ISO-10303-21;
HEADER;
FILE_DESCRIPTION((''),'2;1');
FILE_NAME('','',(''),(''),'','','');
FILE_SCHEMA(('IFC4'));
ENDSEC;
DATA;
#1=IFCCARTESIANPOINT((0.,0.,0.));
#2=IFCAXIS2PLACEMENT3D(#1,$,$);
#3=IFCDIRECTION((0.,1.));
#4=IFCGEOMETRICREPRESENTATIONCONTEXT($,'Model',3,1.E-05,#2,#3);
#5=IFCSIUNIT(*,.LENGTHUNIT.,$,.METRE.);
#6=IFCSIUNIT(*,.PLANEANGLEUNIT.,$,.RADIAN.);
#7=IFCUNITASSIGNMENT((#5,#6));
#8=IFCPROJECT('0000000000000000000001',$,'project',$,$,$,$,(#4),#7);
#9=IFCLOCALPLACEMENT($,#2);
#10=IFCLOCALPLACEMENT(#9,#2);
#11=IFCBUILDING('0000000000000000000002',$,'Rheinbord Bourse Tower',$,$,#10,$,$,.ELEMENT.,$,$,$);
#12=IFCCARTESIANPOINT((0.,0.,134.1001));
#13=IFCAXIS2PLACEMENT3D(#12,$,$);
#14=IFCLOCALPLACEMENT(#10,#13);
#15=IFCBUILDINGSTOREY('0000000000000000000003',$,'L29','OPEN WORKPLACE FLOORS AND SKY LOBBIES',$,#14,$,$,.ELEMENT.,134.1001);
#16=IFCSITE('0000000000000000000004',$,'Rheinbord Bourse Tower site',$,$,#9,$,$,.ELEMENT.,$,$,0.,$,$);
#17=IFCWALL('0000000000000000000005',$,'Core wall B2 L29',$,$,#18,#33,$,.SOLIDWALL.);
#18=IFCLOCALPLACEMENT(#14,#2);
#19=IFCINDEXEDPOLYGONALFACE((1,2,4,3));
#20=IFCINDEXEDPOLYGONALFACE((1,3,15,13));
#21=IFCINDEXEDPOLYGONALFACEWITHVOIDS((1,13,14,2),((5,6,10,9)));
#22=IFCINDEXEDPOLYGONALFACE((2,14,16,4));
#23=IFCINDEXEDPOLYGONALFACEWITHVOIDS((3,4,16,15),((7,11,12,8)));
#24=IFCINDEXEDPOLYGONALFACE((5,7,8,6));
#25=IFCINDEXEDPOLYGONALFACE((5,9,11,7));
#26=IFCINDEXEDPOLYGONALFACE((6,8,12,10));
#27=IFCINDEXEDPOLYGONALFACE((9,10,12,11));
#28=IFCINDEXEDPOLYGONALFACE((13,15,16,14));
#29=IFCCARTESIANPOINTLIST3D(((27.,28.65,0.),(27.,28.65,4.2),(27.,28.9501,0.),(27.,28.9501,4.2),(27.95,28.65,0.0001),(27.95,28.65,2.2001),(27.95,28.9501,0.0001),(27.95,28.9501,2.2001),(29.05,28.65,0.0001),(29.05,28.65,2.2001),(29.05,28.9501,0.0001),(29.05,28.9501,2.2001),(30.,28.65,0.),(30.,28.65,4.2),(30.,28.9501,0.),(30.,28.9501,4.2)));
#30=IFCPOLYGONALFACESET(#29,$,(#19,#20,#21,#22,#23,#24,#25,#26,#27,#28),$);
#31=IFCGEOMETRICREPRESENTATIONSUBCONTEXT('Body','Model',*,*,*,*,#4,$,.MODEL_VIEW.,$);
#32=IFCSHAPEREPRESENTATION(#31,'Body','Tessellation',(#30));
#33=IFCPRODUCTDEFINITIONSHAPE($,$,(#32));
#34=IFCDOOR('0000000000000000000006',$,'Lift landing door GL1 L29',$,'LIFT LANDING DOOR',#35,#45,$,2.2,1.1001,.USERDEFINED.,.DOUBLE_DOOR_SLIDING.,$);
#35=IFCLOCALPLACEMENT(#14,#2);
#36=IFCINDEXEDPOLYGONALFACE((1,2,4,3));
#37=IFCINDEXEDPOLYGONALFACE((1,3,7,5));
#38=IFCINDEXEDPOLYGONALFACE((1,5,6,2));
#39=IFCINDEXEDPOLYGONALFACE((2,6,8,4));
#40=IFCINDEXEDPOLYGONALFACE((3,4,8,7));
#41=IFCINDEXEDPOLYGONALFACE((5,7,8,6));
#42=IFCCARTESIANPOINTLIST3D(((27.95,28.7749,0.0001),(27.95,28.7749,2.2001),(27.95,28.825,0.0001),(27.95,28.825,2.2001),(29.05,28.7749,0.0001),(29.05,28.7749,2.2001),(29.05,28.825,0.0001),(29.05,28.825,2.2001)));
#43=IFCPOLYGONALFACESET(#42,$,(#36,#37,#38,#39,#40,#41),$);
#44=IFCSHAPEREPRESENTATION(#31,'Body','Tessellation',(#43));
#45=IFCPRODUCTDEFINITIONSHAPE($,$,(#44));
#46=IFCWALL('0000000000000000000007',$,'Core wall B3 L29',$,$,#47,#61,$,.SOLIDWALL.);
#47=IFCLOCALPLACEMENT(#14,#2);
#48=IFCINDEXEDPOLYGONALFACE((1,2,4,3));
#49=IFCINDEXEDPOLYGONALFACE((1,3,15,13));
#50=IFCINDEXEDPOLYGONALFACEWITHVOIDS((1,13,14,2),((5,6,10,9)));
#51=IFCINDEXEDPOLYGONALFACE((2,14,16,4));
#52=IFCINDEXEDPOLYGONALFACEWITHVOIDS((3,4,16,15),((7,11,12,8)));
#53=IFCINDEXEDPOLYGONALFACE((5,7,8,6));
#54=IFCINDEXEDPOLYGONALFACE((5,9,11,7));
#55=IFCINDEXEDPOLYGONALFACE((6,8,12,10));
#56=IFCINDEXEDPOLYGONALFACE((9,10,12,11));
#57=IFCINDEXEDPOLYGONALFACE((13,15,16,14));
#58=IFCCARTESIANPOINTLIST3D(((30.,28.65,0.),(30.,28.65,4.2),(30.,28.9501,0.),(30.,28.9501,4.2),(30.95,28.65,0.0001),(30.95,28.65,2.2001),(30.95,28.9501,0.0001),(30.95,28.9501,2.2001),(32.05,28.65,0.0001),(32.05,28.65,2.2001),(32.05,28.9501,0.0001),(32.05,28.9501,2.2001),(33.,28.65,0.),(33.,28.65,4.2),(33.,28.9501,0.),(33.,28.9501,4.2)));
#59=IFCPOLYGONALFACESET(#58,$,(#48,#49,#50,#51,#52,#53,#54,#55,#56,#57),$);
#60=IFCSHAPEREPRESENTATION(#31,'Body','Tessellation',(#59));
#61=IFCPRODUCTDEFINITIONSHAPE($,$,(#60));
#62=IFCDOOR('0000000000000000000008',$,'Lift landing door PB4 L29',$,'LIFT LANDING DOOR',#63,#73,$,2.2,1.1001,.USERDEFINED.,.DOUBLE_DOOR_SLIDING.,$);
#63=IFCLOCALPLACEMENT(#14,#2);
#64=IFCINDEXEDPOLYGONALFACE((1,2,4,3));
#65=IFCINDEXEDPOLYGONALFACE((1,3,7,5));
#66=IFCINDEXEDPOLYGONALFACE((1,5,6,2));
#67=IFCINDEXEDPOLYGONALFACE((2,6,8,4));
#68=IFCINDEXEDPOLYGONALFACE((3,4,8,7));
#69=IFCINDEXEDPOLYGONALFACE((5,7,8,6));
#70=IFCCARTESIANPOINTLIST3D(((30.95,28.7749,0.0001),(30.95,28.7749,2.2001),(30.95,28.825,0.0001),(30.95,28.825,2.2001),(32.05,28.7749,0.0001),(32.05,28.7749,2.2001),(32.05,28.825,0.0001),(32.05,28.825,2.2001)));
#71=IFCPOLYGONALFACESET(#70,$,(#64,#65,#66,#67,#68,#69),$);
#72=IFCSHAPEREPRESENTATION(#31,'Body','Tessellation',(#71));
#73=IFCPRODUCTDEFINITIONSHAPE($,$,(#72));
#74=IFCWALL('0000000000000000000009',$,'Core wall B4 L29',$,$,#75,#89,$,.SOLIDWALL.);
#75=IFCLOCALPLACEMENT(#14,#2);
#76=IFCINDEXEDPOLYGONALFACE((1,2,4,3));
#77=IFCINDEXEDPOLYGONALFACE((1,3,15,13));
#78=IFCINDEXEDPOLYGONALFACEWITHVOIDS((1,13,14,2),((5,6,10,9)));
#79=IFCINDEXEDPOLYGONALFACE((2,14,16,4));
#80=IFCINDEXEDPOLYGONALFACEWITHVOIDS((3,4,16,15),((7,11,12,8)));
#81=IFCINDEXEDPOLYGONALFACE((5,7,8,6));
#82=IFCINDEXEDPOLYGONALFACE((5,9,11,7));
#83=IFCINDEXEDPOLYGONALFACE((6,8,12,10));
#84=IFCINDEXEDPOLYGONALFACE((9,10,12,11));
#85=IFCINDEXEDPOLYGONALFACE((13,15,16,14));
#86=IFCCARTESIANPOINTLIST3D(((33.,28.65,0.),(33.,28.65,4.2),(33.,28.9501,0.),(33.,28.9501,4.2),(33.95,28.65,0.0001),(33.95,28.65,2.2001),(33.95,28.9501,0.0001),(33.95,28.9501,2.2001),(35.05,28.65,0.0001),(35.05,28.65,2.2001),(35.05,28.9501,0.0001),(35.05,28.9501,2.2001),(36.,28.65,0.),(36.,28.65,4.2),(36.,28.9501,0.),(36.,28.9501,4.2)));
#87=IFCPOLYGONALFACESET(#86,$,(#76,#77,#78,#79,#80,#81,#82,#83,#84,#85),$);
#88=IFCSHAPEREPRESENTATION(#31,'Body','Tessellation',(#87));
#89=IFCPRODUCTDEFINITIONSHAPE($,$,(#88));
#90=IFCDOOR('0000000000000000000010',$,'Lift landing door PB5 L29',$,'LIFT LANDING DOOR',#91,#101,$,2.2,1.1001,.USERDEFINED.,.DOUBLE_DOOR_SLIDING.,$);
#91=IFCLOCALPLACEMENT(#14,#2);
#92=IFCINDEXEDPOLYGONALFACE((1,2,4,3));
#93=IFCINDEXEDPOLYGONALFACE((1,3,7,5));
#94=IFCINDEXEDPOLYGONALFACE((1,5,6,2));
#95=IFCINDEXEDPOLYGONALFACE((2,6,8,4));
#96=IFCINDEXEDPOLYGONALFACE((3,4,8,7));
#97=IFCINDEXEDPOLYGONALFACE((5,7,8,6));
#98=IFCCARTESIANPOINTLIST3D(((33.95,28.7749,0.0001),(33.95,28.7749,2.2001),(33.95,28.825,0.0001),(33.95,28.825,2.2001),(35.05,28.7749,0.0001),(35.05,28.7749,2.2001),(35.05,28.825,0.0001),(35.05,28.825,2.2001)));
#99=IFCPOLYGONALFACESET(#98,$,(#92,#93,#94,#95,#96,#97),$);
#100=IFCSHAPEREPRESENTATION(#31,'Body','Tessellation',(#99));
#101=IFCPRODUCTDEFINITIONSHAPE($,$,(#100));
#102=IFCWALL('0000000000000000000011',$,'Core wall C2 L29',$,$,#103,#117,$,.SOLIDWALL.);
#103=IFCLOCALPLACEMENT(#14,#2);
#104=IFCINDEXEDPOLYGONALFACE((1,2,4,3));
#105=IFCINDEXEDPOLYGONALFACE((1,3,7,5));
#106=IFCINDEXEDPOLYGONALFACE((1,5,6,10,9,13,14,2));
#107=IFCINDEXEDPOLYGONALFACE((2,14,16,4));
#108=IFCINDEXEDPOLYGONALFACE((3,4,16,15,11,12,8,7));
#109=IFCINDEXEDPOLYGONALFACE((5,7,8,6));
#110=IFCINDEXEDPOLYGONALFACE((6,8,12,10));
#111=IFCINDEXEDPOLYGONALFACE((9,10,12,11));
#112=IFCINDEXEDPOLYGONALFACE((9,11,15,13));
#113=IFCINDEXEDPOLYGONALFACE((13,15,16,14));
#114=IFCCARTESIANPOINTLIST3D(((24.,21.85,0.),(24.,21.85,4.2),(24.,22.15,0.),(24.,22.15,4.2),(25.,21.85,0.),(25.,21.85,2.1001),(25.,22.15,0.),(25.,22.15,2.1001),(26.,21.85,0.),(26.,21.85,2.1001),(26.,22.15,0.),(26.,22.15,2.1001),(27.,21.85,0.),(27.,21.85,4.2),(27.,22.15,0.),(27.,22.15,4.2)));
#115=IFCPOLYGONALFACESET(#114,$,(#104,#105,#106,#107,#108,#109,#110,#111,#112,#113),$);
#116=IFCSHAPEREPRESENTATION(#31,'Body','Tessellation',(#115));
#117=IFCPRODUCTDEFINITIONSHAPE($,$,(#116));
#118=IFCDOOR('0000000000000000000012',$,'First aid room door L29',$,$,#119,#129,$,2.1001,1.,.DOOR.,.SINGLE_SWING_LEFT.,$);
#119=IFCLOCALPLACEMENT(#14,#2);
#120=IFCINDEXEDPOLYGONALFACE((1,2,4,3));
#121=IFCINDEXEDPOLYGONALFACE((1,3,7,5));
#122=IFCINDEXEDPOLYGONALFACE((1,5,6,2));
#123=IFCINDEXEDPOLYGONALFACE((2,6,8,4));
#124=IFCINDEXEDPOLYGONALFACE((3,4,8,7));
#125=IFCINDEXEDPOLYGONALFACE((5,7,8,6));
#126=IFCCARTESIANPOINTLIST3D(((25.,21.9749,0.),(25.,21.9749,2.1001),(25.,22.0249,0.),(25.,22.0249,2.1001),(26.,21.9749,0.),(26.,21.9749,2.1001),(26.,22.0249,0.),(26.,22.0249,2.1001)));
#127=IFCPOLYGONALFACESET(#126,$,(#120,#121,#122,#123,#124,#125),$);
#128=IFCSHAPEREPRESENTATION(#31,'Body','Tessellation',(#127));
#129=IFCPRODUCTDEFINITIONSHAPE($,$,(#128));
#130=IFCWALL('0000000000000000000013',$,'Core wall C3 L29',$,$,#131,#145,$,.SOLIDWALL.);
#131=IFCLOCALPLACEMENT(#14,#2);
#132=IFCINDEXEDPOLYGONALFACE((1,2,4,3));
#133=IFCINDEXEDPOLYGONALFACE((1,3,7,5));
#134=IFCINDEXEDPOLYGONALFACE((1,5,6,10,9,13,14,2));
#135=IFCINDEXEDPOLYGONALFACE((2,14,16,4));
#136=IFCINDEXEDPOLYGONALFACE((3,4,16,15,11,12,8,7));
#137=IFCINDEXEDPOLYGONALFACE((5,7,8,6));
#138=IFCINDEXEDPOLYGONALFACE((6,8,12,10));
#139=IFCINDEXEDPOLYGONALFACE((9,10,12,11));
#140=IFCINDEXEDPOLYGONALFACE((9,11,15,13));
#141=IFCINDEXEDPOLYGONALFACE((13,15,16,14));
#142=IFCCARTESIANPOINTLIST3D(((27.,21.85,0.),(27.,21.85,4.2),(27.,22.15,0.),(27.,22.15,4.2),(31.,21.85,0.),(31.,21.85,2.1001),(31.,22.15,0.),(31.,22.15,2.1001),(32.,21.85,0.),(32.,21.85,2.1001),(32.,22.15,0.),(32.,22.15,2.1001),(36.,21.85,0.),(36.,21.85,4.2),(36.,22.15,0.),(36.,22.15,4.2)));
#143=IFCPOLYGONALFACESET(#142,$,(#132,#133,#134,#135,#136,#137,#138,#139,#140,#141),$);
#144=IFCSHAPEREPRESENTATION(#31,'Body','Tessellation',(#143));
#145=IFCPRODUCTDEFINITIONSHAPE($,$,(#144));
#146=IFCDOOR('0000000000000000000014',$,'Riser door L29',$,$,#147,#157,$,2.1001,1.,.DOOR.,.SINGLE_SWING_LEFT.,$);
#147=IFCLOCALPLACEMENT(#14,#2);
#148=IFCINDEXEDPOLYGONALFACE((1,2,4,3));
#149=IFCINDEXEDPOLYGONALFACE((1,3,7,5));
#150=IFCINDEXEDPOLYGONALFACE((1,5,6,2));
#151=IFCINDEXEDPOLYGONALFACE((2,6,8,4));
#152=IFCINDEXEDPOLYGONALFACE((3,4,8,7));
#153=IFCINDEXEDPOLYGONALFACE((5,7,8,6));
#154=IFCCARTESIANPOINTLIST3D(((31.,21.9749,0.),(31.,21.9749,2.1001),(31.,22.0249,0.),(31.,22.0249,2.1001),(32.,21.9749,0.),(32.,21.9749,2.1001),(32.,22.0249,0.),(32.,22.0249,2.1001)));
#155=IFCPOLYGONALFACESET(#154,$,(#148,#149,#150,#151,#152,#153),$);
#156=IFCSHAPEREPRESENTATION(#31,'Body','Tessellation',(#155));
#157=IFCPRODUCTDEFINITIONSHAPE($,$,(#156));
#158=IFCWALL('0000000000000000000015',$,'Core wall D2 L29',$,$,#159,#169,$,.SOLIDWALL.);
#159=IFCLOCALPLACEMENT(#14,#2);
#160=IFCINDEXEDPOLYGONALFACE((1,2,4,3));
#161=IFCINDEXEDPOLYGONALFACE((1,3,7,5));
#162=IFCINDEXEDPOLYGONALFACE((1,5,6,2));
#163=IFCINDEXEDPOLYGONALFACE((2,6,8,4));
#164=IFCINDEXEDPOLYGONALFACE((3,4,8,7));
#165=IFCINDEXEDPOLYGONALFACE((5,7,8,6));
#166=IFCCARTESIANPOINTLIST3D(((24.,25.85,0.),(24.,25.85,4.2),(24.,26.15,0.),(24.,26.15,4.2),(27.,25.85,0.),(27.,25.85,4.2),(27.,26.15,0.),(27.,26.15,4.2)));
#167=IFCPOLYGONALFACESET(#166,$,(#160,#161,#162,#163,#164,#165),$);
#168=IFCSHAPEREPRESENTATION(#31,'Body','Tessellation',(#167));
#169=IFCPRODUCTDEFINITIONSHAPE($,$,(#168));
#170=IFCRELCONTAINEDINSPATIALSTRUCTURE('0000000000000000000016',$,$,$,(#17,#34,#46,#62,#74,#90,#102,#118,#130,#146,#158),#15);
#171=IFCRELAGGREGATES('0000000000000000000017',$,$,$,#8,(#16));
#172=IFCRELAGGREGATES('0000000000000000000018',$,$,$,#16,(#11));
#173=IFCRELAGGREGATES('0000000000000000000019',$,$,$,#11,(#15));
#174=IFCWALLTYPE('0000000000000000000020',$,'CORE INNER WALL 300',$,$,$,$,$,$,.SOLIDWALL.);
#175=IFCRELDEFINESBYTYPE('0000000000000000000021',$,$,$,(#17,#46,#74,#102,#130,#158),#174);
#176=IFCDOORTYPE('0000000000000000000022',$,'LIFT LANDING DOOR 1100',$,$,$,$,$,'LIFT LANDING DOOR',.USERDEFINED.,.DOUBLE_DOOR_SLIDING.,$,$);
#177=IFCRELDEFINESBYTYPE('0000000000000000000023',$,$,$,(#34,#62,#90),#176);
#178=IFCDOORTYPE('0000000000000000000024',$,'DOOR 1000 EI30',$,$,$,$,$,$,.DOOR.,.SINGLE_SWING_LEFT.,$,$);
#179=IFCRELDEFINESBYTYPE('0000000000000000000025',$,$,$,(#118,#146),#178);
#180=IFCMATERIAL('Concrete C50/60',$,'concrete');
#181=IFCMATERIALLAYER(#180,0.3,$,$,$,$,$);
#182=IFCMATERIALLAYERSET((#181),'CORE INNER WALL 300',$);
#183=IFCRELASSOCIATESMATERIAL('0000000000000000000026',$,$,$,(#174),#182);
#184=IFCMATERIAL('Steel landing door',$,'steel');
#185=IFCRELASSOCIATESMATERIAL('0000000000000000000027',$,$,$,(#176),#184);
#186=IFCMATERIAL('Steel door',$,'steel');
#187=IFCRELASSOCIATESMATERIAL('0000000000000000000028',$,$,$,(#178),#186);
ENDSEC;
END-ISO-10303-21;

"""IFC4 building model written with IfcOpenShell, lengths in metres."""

from ifc_helpers import new_model, si_unit, direction, frame, frame_2d, origin, place, context, subcontext, project, spatial, rectangle, extrude, material, layer, layer_set, type_object, element, fill, save


model = new_model("IFC4")

# Units and contexts
model_context = context("Model", 3, precision=1e-05, world=origin(), true_north=direction((0.0, 1.0)))
body_context = subcontext(model_context, "Body", "Model", "MODEL_VIEW")
ifc_project = project(units=[si_unit("LENGTHUNIT", "METRE"), si_unit("PLANEANGLEUNIT", "RADIAN")], contexts=[model_context])

# Site, building, storey
site_placement = place(None, origin())
site = spatial("IfcSite", under=ifc_project, at=site_placement, Name="Rheinbord Bourse Tower site", CompositionType="ELEMENT", RefElevation=0.0)
building_placement = place(site_placement, origin())
building = spatial("IfcBuilding", under=site, at=building_placement, Name="Rheinbord Bourse Tower", CompositionType="ELEMENT")
storey_placement = place(building_placement, frame((0.0, 0.0, 134.1001)))
storey = spatial("IfcBuildingStorey", under=building, at=storey_placement, Name="L29", Description="OPEN WORKPLACE FLOORS AND SKY LOBBIES", CompositionType="ELEMENT", Elevation=134.1001)

# Walls, openings, doors
ifc_material_1 = material(Name="Concrete C50/60", Category="concrete")
ifc_layer_1 = layer(ifc_material_1, 0.3)
ifc_layer_set_1 = layer_set([ifc_layer_1], Name="CORE INNER WALL 300")
wall_type_1 = type_object("IfcWallType", Name="CORE INNER WALL 300", PredefinedType="SOLIDWALL", material=ifc_layer_set_1)
wall_1_placement = place(storey_placement, frame((27.0, 28.8, 0.0), z_axis=(0.0, 0.0, 1.0), x_axis=(1.0, 0.0, 0.0)))
wall_1 = element("IfcWall", 1, at=wall_1_placement, inside=storey, type_object=wall_type_1, Name="Core wall B2 L29", PredefinedType="SOLIDWALL", context=body_context, shape_type="SweptSolid", body=[
    extrude(rectangle(XDim=3.0, YDim=0.3, at=frame_2d((1.5, 0.0))), origin(), (0.0, 0.0, 1.0), 4.2),
])
opening_1_placement = place(wall_1_placement, frame((0.95, 0.0, 0.0)))
opening_1 = element("IfcOpeningElement", 2, at=opening_1_placement, cuts=wall_1, PredefinedType="OPENING", context=body_context, shape_type="SweptSolid", body=[
    extrude(rectangle(XDim=1.1001, YDim=2.2, at=frame_2d((0.55, 1.1001))), frame((0.0, 0.1599, 0.0), z_axis=(0.0, -1.0, 0.0), x_axis=(1.0, 0.0, 0.0)), (0.0, 0.0, 1.0), 0.3201),
])
ifc_material_2 = material(Name="Steel landing door", Category="steel")
door_type_1 = type_object("IfcDoorType", Name="LIFT LANDING DOOR 1100", ElementType="LIFT LANDING DOOR", OperationType="DOUBLE_DOOR_SLIDING", PredefinedType="USERDEFINED", material=ifc_material_2)
door_1_placement = place(opening_1_placement, origin())
door_1 = element("IfcDoor", 3, at=door_1_placement, inside=storey, type_object=door_type_1, Name="Lift landing door GL1 L29", ObjectType="LIFT LANDING DOOR", OperationType="DOUBLE_DOOR_SLIDING", OverallHeight=2.2, OverallWidth=1.1001, PredefinedType="USERDEFINED", context=body_context, shape_type="SweptSolid", body=[
    extrude(rectangle(XDim=1.1001, YDim=2.2, at=frame_2d((0.55, 1.1001))), frame((0.0, 0.0249, 0.0), z_axis=(0.0, -1.0, 0.0), x_axis=(1.0, 0.0, 0.0)), (0.0, 0.0, 1.0), 0.05),
])
fill(opening_1, door_1)
wall_2_placement = place(storey_placement, frame((30.0, 28.8, 0.0), z_axis=(0.0, 0.0, 1.0), x_axis=(1.0, 0.0, 0.0)))
wall_2 = element("IfcWall", 4, at=wall_2_placement, inside=storey, type_object=wall_type_1, Name="Core wall B3 L29", PredefinedType="SOLIDWALL", context=body_context, shape_type="SweptSolid", body=[
    extrude(rectangle(XDim=3.0, YDim=0.3, at=frame_2d((1.5, 0.0))), origin(), (0.0, 0.0, 1.0), 4.2),
])
opening_2_placement = place(wall_2_placement, frame((0.95, 0.0, 0.0)))
opening_2 = element("IfcOpeningElement", 5, at=opening_2_placement, cuts=wall_2, PredefinedType="OPENING", context=body_context, shape_type="SweptSolid", body=[
    extrude(rectangle(XDim=1.1001, YDim=2.2, at=frame_2d((0.55, 1.1001))), frame((0.0, 0.1599, 0.0), z_axis=(0.0, -1.0, 0.0), x_axis=(1.0, 0.0, 0.0)), (0.0, 0.0, 1.0), 0.3201),
])
door_2_placement = place(opening_2_placement, origin())
door_2 = element("IfcDoor", 6, at=door_2_placement, inside=storey, type_object=door_type_1, Name="Lift landing door PB4 L29", ObjectType="LIFT LANDING DOOR", OperationType="DOUBLE_DOOR_SLIDING", OverallHeight=2.2, OverallWidth=1.1001, PredefinedType="USERDEFINED", context=body_context, shape_type="SweptSolid", body=[
    extrude(rectangle(XDim=1.1001, YDim=2.2, at=frame_2d((0.55, 1.1001))), frame((0.0, 0.0249, 0.0), z_axis=(0.0, -1.0, 0.0), x_axis=(1.0, 0.0, 0.0)), (0.0, 0.0, 1.0), 0.05),
])
fill(opening_2, door_2)
wall_3_placement = place(storey_placement, frame((33.0, 28.8, 0.0), z_axis=(0.0, 0.0, 1.0), x_axis=(1.0, 0.0, 0.0)))
wall_3 = element("IfcWall", 7, at=wall_3_placement, inside=storey, type_object=wall_type_1, Name="Core wall B4 L29", PredefinedType="SOLIDWALL", context=body_context, shape_type="SweptSolid", body=[
    extrude(rectangle(XDim=3.0, YDim=0.3, at=frame_2d((1.5, 0.0))), origin(), (0.0, 0.0, 1.0), 4.2),
])
opening_3_placement = place(wall_3_placement, frame((0.95, 0.0, 0.0)))
opening_3 = element("IfcOpeningElement", 8, at=opening_3_placement, cuts=wall_3, PredefinedType="OPENING", context=body_context, shape_type="SweptSolid", body=[
    extrude(rectangle(XDim=1.1001, YDim=2.2, at=frame_2d((0.55, 1.1001))), frame((0.0, 0.1599, 0.0), z_axis=(0.0, -1.0, 0.0), x_axis=(1.0, 0.0, 0.0)), (0.0, 0.0, 1.0), 0.3201),
])
door_3_placement = place(opening_3_placement, origin())
door_3 = element("IfcDoor", 9, at=door_3_placement, inside=storey, type_object=door_type_1, Name="Lift landing door PB5 L29", ObjectType="LIFT LANDING DOOR", OperationType="DOUBLE_DOOR_SLIDING", OverallHeight=2.2, OverallWidth=1.1001, PredefinedType="USERDEFINED", context=body_context, shape_type="SweptSolid", body=[
    extrude(rectangle(XDim=1.1001, YDim=2.2, at=frame_2d((0.55, 1.1001))), frame((0.0, 0.0249, 0.0), z_axis=(0.0, -1.0, 0.0), x_axis=(1.0, 0.0, 0.0)), (0.0, 0.0, 1.0), 0.05),
])
fill(opening_3, door_3)
wall_4_placement = place(storey_placement, frame((24.0, 22.0, 0.0), z_axis=(0.0, 0.0, 1.0), x_axis=(1.0, 0.0, 0.0)))
wall_4 = element("IfcWall", 10, at=wall_4_placement, inside=storey, type_object=wall_type_1, Name="Core wall C2 L29", PredefinedType="SOLIDWALL", context=body_context, shape_type="SweptSolid", body=[
    extrude(rectangle(XDim=3.0, YDim=0.3, at=frame_2d((1.5, 0.0))), origin(), (0.0, 0.0, 1.0), 4.2),
])
opening_4_placement = place(wall_4_placement, frame((1.0, 0.0, 0.0)))
opening_4 = element("IfcOpeningElement", 11, at=opening_4_placement, cuts=wall_4, PredefinedType="OPENING", context=body_context, shape_type="SweptSolid", body=[
    extrude(rectangle(XDim=1.0, YDim=2.1001, at=frame_2d((0.5, 1.05))), frame((0.0, 0.1599, 0.0), z_axis=(0.0, -1.0, 0.0), x_axis=(1.0, 0.0, 0.0)), (0.0, 0.0, 1.0), 0.3201),
])
ifc_material_3 = material(Name="Steel door", Category="steel")
door_type_2 = type_object("IfcDoorType", Name="DOOR 1000 EI30", OperationType="SINGLE_SWING_LEFT", PredefinedType="DOOR", material=ifc_material_3)
door_4_placement = place(opening_4_placement, origin())
door_4 = element("IfcDoor", 12, at=door_4_placement, inside=storey, type_object=door_type_2, Name="First aid room door L29", OperationType="SINGLE_SWING_LEFT", OverallHeight=2.1001, OverallWidth=1.0, PredefinedType="DOOR", context=body_context, shape_type="SweptSolid", body=[
    extrude(rectangle(XDim=1.0, YDim=2.1001, at=frame_2d((0.5, 1.05))), frame((0.0, 0.0249, 0.0), z_axis=(0.0, -1.0, 0.0), x_axis=(1.0, 0.0, 0.0)), (0.0, 0.0, 1.0), 0.05),
])
fill(opening_4, door_4)
wall_5_placement = place(storey_placement, frame((27.0, 22.0, 0.0), z_axis=(0.0, 0.0, 1.0), x_axis=(1.0, 0.0, 0.0)))
wall_5 = element("IfcWall", 13, at=wall_5_placement, inside=storey, type_object=wall_type_1, Name="Core wall C3 L29", PredefinedType="SOLIDWALL", context=body_context, shape_type="SweptSolid", body=[
    extrude(rectangle(XDim=9.0, YDim=0.3, at=frame_2d((4.5, 0.0))), origin(), (0.0, 0.0, 1.0), 4.2),
])
opening_5_placement = place(wall_5_placement, frame((4.0, 0.0, 0.0)))
opening_5 = element("IfcOpeningElement", 14, at=opening_5_placement, cuts=wall_5, PredefinedType="OPENING", context=body_context, shape_type="SweptSolid", body=[
    extrude(rectangle(XDim=1.0, YDim=2.1001, at=frame_2d((0.5, 1.05))), frame((0.0, 0.1599, 0.0), z_axis=(0.0, -1.0, 0.0), x_axis=(1.0, 0.0, 0.0)), (0.0, 0.0, 1.0), 0.3201),
])
door_5_placement = place(opening_5_placement, origin())
door_5 = element("IfcDoor", 15, at=door_5_placement, inside=storey, type_object=door_type_2, Name="Riser door L29", OperationType="SINGLE_SWING_LEFT", OverallHeight=2.1001, OverallWidth=1.0, PredefinedType="DOOR", context=body_context, shape_type="SweptSolid", body=[
    extrude(rectangle(XDim=1.0, YDim=2.1001, at=frame_2d((0.5, 1.05))), frame((0.0, 0.0249, 0.0), z_axis=(0.0, -1.0, 0.0), x_axis=(1.0, 0.0, 0.0)), (0.0, 0.0, 1.0), 0.05),
])
fill(opening_5, door_5)

# Wall
wall_6_placement = place(storey_placement, frame((24.0, 26.0, 0.0), z_axis=(0.0, 0.0, 1.0), x_axis=(1.0, 0.0, 0.0)))
element("IfcWall", 16, at=wall_6_placement, inside=storey, type_object=wall_type_1, Name="Core wall D2 L29", PredefinedType="SOLIDWALL", context=body_context, shape_type="SweptSolid", body=[
    extrude(rectangle(XDim=3.0, YDim=0.3, at=frame_2d((1.5, 0.0))), origin(), (0.0, 0.0, 1.0), 4.2),
])

save(model, "model.ifc")
